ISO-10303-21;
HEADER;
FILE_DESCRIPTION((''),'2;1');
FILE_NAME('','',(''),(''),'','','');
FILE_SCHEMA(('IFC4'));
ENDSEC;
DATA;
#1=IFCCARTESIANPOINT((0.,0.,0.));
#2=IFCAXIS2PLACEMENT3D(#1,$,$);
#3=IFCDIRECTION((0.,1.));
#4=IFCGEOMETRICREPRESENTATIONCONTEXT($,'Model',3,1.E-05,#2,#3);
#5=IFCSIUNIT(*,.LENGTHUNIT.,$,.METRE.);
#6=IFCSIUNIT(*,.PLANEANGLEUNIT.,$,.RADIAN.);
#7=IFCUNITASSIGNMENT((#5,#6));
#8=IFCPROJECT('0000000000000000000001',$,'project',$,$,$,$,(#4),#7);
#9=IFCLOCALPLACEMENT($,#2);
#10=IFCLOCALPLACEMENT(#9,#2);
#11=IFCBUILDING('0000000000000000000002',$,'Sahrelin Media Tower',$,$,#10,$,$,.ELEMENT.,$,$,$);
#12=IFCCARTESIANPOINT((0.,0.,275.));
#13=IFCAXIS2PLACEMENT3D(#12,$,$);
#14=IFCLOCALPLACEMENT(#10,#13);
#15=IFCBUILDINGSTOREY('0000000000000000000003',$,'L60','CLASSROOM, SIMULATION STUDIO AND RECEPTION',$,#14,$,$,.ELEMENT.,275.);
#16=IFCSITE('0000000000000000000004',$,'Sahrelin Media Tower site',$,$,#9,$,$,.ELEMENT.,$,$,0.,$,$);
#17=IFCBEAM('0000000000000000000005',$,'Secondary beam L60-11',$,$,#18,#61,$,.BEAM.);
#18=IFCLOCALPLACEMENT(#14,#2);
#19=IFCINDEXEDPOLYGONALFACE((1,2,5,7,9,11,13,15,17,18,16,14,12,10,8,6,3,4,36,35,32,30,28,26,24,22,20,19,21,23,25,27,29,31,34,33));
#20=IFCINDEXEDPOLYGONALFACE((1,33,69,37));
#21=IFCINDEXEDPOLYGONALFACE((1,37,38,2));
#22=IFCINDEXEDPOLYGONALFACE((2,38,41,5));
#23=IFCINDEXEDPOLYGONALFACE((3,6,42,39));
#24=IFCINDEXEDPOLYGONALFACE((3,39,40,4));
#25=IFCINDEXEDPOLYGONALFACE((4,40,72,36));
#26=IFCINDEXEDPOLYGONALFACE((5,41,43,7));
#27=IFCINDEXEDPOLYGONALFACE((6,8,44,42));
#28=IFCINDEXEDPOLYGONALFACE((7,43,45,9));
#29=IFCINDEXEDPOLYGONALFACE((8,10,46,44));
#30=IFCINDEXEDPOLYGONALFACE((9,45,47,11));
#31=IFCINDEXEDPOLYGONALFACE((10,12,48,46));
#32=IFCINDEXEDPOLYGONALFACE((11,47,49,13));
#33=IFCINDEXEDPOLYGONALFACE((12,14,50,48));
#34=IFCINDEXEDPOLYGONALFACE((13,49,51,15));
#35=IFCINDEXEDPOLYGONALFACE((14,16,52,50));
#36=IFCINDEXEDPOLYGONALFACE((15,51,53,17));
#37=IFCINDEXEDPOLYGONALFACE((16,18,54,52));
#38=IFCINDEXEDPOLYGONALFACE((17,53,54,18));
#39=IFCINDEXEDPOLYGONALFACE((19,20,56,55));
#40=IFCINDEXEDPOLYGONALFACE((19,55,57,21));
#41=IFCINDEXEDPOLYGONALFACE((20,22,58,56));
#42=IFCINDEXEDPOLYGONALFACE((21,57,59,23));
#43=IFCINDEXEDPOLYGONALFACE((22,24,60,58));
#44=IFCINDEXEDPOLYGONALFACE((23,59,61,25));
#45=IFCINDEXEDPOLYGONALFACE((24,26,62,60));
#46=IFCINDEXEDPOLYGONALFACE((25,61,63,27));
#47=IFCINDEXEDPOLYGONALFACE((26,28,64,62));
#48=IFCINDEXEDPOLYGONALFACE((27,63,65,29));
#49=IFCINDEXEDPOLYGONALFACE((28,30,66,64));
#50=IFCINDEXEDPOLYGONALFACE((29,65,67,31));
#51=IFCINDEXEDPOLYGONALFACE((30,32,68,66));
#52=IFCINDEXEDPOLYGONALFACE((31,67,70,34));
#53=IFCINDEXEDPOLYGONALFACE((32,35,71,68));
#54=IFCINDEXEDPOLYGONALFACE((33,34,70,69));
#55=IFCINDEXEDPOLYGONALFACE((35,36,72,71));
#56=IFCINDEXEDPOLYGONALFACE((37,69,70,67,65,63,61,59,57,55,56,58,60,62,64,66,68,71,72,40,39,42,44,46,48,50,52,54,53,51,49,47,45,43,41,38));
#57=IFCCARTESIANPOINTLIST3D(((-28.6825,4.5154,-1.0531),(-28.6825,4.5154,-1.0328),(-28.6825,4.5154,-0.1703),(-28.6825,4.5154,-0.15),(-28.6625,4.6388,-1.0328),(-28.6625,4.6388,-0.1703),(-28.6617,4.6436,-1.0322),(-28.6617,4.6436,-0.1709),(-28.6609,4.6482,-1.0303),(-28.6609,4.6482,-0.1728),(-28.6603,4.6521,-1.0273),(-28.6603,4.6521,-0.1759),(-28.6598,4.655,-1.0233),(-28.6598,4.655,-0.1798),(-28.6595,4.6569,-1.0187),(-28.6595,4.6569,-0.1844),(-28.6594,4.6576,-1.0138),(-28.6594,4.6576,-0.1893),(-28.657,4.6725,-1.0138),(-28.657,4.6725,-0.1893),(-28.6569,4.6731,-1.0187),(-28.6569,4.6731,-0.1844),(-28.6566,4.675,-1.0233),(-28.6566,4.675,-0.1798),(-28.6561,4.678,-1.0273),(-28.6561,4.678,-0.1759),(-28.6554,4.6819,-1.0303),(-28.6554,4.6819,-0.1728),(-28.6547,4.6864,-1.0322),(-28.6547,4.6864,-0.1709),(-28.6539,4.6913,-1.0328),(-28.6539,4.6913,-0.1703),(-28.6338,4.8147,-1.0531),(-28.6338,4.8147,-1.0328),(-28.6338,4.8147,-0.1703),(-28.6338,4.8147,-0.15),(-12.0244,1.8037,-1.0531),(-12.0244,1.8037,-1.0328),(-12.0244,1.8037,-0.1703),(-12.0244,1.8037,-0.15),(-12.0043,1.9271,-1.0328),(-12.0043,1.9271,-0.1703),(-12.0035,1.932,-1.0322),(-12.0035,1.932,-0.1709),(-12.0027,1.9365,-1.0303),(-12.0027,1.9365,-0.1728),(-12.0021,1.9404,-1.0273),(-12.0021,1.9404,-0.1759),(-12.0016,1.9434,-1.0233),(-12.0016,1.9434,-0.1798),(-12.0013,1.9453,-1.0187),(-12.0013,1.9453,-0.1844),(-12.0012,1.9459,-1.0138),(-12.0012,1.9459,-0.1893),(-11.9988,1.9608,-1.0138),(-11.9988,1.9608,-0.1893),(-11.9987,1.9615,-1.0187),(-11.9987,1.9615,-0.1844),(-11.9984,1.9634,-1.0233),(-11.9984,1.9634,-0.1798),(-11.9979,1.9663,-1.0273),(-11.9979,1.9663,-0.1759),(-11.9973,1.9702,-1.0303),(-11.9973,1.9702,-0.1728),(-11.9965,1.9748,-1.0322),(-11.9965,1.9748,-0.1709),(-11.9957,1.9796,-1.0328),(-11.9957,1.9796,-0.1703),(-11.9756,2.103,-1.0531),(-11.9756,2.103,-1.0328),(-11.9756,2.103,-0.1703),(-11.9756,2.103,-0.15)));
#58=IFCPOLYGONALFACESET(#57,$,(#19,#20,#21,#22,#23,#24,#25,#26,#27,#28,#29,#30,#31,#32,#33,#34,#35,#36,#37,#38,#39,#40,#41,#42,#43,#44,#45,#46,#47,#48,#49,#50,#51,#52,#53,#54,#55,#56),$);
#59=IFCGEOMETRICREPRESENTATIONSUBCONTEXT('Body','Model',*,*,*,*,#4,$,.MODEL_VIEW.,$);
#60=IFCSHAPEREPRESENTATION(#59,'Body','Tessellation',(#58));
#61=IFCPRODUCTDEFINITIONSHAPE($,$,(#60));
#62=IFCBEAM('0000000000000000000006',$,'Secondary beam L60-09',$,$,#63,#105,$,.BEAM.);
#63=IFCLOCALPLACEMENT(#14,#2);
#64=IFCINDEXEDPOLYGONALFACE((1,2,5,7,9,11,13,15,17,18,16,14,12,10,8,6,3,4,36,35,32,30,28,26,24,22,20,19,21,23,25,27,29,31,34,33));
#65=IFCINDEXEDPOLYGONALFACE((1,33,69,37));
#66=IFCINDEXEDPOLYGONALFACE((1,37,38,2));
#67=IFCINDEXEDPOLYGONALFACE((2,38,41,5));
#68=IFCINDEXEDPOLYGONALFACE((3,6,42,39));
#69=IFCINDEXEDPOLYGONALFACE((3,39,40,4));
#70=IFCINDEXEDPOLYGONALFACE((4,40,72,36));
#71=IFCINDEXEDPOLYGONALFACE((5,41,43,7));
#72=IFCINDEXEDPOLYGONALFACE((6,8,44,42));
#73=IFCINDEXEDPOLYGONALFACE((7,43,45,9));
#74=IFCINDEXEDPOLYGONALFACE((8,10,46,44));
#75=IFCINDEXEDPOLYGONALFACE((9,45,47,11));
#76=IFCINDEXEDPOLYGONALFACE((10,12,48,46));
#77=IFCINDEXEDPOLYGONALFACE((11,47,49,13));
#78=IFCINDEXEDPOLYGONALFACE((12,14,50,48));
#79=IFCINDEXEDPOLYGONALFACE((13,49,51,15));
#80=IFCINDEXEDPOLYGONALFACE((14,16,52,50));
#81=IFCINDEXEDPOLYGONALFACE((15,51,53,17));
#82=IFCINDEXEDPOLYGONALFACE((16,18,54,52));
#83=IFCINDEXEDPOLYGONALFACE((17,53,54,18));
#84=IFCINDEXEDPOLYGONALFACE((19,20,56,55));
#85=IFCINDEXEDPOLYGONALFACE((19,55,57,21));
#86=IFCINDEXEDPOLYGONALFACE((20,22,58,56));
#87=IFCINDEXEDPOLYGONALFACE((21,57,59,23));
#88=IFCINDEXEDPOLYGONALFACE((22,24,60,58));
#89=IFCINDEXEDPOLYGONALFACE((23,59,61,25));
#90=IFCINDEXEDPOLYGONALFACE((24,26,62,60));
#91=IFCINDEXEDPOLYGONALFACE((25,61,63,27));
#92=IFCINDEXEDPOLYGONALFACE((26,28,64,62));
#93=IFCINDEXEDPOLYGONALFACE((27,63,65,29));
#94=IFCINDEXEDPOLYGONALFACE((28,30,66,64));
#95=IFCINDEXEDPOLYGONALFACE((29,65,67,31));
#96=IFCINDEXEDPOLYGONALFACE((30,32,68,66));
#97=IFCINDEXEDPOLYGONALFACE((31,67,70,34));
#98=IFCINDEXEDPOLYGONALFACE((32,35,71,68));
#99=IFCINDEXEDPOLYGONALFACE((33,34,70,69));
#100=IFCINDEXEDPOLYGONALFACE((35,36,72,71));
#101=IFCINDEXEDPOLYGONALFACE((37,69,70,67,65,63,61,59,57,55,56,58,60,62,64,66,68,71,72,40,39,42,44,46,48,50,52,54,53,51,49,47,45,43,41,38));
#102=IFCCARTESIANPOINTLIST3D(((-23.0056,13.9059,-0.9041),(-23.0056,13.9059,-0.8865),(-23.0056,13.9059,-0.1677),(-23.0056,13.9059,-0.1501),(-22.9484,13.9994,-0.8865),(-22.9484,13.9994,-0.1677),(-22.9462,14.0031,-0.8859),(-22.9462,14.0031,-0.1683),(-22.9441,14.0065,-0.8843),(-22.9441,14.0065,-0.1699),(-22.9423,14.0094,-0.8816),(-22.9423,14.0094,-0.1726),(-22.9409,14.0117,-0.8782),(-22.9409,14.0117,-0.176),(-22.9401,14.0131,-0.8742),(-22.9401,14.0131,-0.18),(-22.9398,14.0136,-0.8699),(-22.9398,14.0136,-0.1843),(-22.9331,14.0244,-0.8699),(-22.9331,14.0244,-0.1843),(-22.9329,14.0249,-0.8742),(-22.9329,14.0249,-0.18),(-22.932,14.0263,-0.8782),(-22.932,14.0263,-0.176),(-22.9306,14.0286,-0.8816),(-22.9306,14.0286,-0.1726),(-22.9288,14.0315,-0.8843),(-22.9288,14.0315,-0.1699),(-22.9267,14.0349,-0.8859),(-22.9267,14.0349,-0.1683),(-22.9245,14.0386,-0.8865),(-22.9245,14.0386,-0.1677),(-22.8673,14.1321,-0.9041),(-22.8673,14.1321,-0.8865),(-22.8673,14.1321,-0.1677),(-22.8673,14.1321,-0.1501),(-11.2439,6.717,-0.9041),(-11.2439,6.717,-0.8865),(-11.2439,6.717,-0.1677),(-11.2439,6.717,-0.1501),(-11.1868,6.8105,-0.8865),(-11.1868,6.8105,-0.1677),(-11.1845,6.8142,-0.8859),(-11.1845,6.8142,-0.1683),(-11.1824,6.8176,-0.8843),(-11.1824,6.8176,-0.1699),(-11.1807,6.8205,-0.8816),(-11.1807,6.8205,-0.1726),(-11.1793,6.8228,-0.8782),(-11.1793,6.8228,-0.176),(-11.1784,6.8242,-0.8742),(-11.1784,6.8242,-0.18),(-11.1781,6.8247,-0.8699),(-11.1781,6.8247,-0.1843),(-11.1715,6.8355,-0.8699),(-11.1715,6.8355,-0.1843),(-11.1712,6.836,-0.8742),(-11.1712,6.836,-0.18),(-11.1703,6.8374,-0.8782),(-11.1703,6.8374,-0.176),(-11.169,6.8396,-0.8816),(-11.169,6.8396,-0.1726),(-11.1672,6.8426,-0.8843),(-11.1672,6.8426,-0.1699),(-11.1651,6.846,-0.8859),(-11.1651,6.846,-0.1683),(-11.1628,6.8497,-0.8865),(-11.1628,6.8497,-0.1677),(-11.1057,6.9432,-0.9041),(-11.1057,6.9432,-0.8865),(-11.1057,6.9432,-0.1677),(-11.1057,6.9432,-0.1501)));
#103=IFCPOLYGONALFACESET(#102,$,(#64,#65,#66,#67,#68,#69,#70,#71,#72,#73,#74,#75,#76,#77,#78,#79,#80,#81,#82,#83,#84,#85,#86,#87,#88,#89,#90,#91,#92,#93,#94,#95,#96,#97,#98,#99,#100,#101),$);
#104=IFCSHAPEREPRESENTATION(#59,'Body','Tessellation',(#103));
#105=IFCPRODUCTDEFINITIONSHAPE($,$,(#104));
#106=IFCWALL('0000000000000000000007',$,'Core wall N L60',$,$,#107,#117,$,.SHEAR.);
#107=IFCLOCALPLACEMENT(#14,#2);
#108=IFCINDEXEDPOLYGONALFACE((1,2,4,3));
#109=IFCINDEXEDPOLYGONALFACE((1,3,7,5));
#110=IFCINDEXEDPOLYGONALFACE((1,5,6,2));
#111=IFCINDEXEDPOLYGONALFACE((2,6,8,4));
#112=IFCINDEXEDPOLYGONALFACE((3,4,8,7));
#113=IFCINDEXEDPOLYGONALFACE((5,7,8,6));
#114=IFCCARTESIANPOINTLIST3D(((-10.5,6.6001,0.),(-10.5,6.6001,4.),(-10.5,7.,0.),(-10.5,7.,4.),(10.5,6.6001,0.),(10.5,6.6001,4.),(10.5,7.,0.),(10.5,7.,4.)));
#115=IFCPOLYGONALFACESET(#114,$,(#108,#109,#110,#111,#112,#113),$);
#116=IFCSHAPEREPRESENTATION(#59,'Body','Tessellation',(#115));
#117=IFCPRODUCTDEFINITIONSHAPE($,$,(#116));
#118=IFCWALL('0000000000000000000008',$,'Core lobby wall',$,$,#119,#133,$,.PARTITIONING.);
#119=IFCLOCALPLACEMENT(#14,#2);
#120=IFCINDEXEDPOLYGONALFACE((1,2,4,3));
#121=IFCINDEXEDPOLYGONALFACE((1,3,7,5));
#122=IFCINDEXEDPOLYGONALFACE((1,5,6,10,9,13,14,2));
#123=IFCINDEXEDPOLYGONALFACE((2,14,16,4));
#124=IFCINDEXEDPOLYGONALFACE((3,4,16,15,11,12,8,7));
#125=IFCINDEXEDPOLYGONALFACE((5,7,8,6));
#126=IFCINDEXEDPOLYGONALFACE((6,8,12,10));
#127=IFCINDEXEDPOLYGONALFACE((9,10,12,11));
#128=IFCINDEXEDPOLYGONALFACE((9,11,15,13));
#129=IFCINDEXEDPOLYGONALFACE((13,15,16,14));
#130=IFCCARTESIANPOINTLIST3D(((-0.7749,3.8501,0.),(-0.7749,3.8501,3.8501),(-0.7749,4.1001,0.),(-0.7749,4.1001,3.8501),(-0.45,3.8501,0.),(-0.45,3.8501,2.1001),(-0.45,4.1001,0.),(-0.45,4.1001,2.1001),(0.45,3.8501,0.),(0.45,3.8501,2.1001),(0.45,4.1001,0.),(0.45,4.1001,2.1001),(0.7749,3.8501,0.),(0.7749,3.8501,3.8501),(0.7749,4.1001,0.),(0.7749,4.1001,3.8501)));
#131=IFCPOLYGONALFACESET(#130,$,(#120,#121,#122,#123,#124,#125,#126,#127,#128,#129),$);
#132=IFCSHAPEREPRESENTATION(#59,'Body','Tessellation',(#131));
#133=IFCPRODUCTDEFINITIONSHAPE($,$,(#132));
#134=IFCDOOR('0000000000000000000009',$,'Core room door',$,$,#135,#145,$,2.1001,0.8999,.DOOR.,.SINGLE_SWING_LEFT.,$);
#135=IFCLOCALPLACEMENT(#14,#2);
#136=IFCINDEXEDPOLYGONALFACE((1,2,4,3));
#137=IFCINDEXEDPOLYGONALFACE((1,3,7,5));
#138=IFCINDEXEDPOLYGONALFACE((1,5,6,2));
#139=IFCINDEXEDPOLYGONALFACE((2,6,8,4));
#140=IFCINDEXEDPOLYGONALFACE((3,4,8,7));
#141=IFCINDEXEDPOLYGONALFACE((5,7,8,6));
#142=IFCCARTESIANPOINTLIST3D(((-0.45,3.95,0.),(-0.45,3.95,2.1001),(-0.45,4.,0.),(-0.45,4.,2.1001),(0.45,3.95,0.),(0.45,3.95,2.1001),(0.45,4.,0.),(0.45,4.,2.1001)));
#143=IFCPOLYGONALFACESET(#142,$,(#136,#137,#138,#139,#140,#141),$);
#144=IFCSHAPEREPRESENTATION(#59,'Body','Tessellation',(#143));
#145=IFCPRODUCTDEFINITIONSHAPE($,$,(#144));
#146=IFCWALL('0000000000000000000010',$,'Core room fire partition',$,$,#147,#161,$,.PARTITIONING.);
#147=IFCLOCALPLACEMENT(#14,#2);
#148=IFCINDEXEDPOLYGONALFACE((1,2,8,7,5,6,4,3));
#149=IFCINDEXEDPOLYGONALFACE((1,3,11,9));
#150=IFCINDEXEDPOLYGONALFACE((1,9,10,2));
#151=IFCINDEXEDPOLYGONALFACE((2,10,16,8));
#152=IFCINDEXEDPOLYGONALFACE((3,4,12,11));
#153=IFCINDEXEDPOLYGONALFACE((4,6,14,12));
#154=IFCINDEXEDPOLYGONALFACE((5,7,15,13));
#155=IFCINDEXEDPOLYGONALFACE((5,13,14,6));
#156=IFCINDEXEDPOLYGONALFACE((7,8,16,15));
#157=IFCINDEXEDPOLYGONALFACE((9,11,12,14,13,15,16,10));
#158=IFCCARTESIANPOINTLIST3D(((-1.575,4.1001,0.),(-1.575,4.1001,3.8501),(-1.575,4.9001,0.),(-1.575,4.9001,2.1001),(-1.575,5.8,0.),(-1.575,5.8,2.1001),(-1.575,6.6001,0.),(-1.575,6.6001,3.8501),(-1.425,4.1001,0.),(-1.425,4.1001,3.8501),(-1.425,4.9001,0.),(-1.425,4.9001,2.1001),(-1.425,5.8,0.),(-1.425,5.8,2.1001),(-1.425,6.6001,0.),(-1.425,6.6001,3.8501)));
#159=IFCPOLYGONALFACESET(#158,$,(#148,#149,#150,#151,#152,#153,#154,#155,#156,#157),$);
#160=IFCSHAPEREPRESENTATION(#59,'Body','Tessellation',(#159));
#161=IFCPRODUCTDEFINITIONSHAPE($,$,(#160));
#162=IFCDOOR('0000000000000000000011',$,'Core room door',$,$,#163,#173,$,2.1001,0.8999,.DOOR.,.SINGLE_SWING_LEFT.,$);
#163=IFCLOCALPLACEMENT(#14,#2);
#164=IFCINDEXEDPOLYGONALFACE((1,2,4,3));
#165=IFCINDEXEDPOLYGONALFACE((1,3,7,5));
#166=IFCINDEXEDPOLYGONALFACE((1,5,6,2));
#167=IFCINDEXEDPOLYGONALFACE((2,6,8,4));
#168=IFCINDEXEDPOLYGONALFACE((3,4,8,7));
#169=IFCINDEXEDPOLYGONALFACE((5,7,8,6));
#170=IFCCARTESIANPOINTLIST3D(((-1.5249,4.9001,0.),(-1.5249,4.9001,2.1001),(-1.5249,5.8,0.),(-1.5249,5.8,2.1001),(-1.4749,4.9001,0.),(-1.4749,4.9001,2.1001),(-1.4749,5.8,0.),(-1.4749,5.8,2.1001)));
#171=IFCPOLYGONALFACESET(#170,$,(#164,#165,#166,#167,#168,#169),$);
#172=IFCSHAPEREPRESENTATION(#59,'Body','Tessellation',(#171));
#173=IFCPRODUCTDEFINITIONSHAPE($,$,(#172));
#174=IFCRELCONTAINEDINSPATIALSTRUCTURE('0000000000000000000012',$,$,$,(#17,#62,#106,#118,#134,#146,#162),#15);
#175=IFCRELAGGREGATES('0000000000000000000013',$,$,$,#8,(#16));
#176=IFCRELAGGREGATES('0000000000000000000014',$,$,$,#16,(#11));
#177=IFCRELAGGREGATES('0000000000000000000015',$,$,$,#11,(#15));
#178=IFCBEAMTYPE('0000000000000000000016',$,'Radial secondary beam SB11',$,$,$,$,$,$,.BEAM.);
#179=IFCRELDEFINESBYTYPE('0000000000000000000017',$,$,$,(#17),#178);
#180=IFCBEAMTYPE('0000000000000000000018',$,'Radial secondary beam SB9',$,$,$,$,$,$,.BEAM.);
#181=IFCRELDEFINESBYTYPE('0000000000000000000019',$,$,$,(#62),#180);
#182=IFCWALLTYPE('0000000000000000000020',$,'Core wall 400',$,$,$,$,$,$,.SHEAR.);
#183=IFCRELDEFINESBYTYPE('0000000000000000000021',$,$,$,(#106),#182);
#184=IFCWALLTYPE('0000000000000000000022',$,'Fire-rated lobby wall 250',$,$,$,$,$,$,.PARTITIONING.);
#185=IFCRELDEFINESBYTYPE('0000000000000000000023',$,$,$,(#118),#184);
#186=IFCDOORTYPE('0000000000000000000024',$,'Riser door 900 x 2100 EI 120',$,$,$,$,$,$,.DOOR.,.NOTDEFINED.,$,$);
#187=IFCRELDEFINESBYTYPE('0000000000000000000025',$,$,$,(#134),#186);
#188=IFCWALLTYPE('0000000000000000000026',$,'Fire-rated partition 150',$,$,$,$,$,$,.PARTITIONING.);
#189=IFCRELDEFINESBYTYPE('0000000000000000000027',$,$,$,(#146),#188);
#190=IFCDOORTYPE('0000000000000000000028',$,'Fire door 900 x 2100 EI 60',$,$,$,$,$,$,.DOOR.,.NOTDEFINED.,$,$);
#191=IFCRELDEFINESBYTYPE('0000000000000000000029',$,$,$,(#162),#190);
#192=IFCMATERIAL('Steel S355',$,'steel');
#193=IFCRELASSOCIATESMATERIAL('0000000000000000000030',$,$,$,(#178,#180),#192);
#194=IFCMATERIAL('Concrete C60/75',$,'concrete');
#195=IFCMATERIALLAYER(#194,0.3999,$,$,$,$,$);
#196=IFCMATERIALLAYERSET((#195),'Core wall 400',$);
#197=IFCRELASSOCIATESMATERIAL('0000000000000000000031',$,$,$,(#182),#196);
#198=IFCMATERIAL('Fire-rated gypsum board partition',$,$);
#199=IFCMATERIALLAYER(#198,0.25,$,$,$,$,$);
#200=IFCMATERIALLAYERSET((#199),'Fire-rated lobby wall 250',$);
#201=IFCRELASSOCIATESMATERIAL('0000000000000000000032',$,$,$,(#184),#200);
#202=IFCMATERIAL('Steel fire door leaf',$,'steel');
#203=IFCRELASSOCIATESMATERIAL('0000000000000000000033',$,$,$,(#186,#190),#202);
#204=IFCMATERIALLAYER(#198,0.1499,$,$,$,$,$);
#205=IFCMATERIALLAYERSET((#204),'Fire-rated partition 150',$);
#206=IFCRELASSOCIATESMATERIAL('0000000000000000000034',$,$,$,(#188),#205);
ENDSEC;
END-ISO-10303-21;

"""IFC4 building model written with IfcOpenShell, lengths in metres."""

from ifc_helpers import new_model, si_unit, direction, frame, frame_2d, origin, origin_2d, place, context, subcontext, project, spatial, rectangle, i_section, extrude, material, layer, layer_set, material_profile, profile_set, type_object, element, fill, save


model = new_model("IFC4")

# Units and contexts
model_context = context("Model", 3, precision=1e-05, world=origin(), true_north=direction((0.0, 1.0)))
body_context = subcontext(model_context, "Body", "Model", "MODEL_VIEW")
ifc_project = project(units=[si_unit("LENGTHUNIT", "METRE"), si_unit("PLANEANGLEUNIT", "RADIAN")], contexts=[model_context])

# Site, building, storey
site_placement = place(None, origin())
site = spatial("IfcSite", under=ifc_project, at=site_placement, Name="Sahrelin Media Tower site", CompositionType="ELEMENT", RefElevation=0.0)
building_placement = place(site_placement, origin())
building = spatial("IfcBuilding", under=site, at=building_placement, Name="Sahrelin Media Tower", CompositionType="ELEMENT")
storey_placement = place(building_placement, frame((0.0, 0.0, 275.0)))
storey = spatial("IfcBuildingStorey", under=building, at=storey_placement, Name="L60", Description="CLASSROOM, SIMULATION STUDIO AND RECEPTION", CompositionType="ELEMENT", Elevation=275.0)

# Beams
ifc_material_1 = material(Name="Steel S355", Category="steel")
ifc_material_profile_1 = material_profile(ifc_material_1, i_section(OverallWidth=0.3032, OverallDepth=0.9031, WebThickness=0.0151, FlangeThickness=0.0203, FilletRadius=0.019, at=origin_2d()), Name="UB 914x305x201")
ifc_profile_set_1 = profile_set([ifc_material_profile_1], Name="Steel S355")
beam_type_1 = type_object("IfcBeamType", Name="Radial secondary beam SB11", PredefinedType="BEAM", material=ifc_profile_set_1)
beam_1_placement = place(storey_placement, frame((-12.0, 1.9534, -0.6016), z_axis=(-0.987008, 0.160668, 0.0), x_axis=(-0.160668, -0.987008, 0.0)))
element("IfcBeam", 1, at=beam_1_placement, inside=storey, type_object=beam_type_1, Name="Secondary beam L60-11", PredefinedType="BEAM", context=body_context, shape_type="SweptSolid", body=[
    extrude(i_section(OverallWidth=0.3032, OverallDepth=0.9031, WebThickness=0.0151, FlangeThickness=0.0203, FilletRadius=0.019, at=origin_2d()), origin(), (0.0, 0.0, 1.0), 16.8774),
])
ifc_material_profile_2 = material_profile(ifc_material_1, i_section(OverallWidth=0.2651, OverallDepth=0.7539, WebThickness=0.0127, FlangeThickness=0.0176, FilletRadius=0.0166, at=origin_2d()), Name="UB 762x267x147")
ifc_profile_set_2 = profile_set([ifc_material_profile_2], Name="Steel S355")
beam_type_2 = type_object("IfcBeamType", Name="Radial secondary beam SB9", PredefinedType="BEAM", material=ifc_profile_set_2)
beam_2_placement = place(storey_placement, frame((-11.1748, 6.8301, -0.5271), z_axis=(-0.853242, 0.521516, 0.0), x_axis=(-0.521516, -0.853242, 0.0)))
element("IfcBeam", 2, at=beam_2_placement, inside=storey, type_object=beam_type_2, Name="Secondary beam L60-09", PredefinedType="BEAM", context=body_context, shape_type="SweptSolid", body=[
    extrude(i_section(OverallWidth=0.2651, OverallDepth=0.7539, WebThickness=0.0127, FlangeThickness=0.0176, FilletRadius=0.0166, at=origin_2d()), origin(), (0.0, 0.0, 1.0), 13.7847),
])

# Wall
ifc_material_2 = material(Name="Concrete C60/75", Category="concrete")
ifc_layer_1 = layer(ifc_material_2, 0.3999)
ifc_layer_set_1 = layer_set([ifc_layer_1], Name="Core wall 400")
wall_type_1 = type_object("IfcWallType", Name="Core wall 400", PredefinedType="SHEAR", material=ifc_layer_set_1)
wall_1_placement = place(storey_placement, frame((-10.5, 6.8, 0.0), z_axis=(0.0, 0.0, 1.0), x_axis=(1.0, 0.0, 0.0)))
element("IfcWall", 3, at=wall_1_placement, inside=storey, type_object=wall_type_1, Name="Core wall N L60", PredefinedType="SHEAR", context=body_context, shape_type="SweptSolid", body=[
    extrude(rectangle(XDim=21.0, YDim=0.3999, at=frame_2d((10.5, 0.0))), origin(), (0.0, 0.0, 1.0), 4.0),
])

# Walls, openings, doors
ifc_material_3 = material(Name="Fire-rated gypsum board partition")
ifc_layer_2 = layer(ifc_material_3, 0.25)
ifc_layer_set_2 = layer_set([ifc_layer_2], Name="Fire-rated lobby wall 250")
wall_type_2 = type_object("IfcWallType", Name="Fire-rated lobby wall 250", PredefinedType="PARTITIONING", material=ifc_layer_set_2)
wall_2_placement = place(storey_placement, frame((-0.7749, 3.9751, 0.0), z_axis=(0.0, 0.0, 1.0), x_axis=(1.0, 0.0, 0.0)))
wall_2 = element("IfcWall", 4, at=wall_2_placement, inside=storey, type_object=wall_type_2, Name="Core lobby wall", PredefinedType="PARTITIONING", context=body_context, shape_type="SweptSolid", body=[
    extrude(rectangle(XDim=1.5498, YDim=0.25, at=frame_2d((0.7749, 0.0))), origin(), (0.0, 0.0, 1.0), 3.8501),
])
opening_1_placement = place(wall_2_placement, frame((0.325, 0.0, 0.0)))
opening_1 = element("IfcOpeningElement", 5, at=opening_1_placement, cuts=wall_2, PredefinedType="OPENING", context=body_context, shape_type="SweptSolid", body=[
    extrude(rectangle(XDim=0.8999, YDim=2.1001, at=frame_2d((0.45, 1.05))), frame((0.0, 0.125, 0.0), z_axis=(0.0, -1.0, 0.0), x_axis=(1.0, 0.0, 0.0)), (0.0, 0.0, 1.0), 0.25),
])
ifc_material_4 = material(Name="Steel fire door leaf", Category="steel")
door_type_1 = type_object("IfcDoorType", Name="Riser door 900 x 2100 EI 120", OperationType="NOTDEFINED", PredefinedType="DOOR", material=ifc_material_4)
door_1_placement = place(opening_1_placement, origin())
door_1 = element("IfcDoor", 6, at=door_1_placement, inside=storey, type_object=door_type_1, Name="Core room door", OperationType="SINGLE_SWING_LEFT", OverallHeight=2.1001, OverallWidth=0.8999, PredefinedType="DOOR", context=body_context, shape_type="SweptSolid", body=[
    extrude(rectangle(XDim=0.8999, YDim=2.1001, at=frame_2d((0.45, 1.05))), frame((0.0, 0.0249, 0.0), z_axis=(0.0, -1.0, 0.0), x_axis=(1.0, 0.0, 0.0)), (0.0, 0.0, 1.0), 0.05),
])
fill(opening_1, door_1)
ifc_layer_3 = layer(ifc_material_3, 0.1499)
ifc_layer_set_3 = layer_set([ifc_layer_3], Name="Fire-rated partition 150")
wall_type_3 = type_object("IfcWallType", Name="Fire-rated partition 150", PredefinedType="PARTITIONING", material=ifc_layer_set_3)
wall_3_placement = place(storey_placement, frame((-1.5, 4.1001, 0.0), z_axis=(0.0, 0.0, 1.0), x_axis=(0.0, 1.0, 0.0)))
wall_3 = element("IfcWall", 7, at=wall_3_placement, inside=storey, type_object=wall_type_3, Name="Core room fire partition", PredefinedType="PARTITIONING", context=body_context, shape_type="SweptSolid", body=[
    extrude(rectangle(XDim=2.5, YDim=0.1499, at=frame_2d((1.25, 0.0))), origin(), (0.0, 0.0, 1.0), 3.8501),
])
opening_2_placement = place(wall_3_placement, frame((0.8, 0.0, 0.0)))
opening_2 = element("IfcOpeningElement", 8, at=opening_2_placement, cuts=wall_3, PredefinedType="OPENING", context=body_context, shape_type="SweptSolid", body=[
    extrude(rectangle(XDim=0.8999, YDim=2.1001, at=frame_2d((0.45, 1.05))), frame((0.0, 0.075, 0.0), z_axis=(0.0, -1.0, 0.0), x_axis=(1.0, 0.0, 0.0)), (0.0, 0.0, 1.0), 0.1499),
])
door_type_2 = type_object("IfcDoorType", Name="Fire door 900 x 2100 EI 60", OperationType="NOTDEFINED", PredefinedType="DOOR", material=ifc_material_4)
door_2_placement = place(opening_2_placement, origin())
door_2 = element("IfcDoor", 9, at=door_2_placement, inside=storey, type_object=door_type_2, Name="Core room door", OperationType="SINGLE_SWING_LEFT", OverallHeight=2.1001, OverallWidth=0.8999, PredefinedType="DOOR", context=body_context, shape_type="SweptSolid", body=[
    extrude(rectangle(XDim=0.8999, YDim=2.1001, at=frame_2d((0.45, 1.05))), frame((0.0, 0.0249, 0.0), z_axis=(0.0, -1.0, 0.0), x_axis=(1.0, 0.0, 0.0)), (0.0, 0.0, 1.0), 0.05),
])
fill(opening_2, door_2)

save(model, "model.ifc")
